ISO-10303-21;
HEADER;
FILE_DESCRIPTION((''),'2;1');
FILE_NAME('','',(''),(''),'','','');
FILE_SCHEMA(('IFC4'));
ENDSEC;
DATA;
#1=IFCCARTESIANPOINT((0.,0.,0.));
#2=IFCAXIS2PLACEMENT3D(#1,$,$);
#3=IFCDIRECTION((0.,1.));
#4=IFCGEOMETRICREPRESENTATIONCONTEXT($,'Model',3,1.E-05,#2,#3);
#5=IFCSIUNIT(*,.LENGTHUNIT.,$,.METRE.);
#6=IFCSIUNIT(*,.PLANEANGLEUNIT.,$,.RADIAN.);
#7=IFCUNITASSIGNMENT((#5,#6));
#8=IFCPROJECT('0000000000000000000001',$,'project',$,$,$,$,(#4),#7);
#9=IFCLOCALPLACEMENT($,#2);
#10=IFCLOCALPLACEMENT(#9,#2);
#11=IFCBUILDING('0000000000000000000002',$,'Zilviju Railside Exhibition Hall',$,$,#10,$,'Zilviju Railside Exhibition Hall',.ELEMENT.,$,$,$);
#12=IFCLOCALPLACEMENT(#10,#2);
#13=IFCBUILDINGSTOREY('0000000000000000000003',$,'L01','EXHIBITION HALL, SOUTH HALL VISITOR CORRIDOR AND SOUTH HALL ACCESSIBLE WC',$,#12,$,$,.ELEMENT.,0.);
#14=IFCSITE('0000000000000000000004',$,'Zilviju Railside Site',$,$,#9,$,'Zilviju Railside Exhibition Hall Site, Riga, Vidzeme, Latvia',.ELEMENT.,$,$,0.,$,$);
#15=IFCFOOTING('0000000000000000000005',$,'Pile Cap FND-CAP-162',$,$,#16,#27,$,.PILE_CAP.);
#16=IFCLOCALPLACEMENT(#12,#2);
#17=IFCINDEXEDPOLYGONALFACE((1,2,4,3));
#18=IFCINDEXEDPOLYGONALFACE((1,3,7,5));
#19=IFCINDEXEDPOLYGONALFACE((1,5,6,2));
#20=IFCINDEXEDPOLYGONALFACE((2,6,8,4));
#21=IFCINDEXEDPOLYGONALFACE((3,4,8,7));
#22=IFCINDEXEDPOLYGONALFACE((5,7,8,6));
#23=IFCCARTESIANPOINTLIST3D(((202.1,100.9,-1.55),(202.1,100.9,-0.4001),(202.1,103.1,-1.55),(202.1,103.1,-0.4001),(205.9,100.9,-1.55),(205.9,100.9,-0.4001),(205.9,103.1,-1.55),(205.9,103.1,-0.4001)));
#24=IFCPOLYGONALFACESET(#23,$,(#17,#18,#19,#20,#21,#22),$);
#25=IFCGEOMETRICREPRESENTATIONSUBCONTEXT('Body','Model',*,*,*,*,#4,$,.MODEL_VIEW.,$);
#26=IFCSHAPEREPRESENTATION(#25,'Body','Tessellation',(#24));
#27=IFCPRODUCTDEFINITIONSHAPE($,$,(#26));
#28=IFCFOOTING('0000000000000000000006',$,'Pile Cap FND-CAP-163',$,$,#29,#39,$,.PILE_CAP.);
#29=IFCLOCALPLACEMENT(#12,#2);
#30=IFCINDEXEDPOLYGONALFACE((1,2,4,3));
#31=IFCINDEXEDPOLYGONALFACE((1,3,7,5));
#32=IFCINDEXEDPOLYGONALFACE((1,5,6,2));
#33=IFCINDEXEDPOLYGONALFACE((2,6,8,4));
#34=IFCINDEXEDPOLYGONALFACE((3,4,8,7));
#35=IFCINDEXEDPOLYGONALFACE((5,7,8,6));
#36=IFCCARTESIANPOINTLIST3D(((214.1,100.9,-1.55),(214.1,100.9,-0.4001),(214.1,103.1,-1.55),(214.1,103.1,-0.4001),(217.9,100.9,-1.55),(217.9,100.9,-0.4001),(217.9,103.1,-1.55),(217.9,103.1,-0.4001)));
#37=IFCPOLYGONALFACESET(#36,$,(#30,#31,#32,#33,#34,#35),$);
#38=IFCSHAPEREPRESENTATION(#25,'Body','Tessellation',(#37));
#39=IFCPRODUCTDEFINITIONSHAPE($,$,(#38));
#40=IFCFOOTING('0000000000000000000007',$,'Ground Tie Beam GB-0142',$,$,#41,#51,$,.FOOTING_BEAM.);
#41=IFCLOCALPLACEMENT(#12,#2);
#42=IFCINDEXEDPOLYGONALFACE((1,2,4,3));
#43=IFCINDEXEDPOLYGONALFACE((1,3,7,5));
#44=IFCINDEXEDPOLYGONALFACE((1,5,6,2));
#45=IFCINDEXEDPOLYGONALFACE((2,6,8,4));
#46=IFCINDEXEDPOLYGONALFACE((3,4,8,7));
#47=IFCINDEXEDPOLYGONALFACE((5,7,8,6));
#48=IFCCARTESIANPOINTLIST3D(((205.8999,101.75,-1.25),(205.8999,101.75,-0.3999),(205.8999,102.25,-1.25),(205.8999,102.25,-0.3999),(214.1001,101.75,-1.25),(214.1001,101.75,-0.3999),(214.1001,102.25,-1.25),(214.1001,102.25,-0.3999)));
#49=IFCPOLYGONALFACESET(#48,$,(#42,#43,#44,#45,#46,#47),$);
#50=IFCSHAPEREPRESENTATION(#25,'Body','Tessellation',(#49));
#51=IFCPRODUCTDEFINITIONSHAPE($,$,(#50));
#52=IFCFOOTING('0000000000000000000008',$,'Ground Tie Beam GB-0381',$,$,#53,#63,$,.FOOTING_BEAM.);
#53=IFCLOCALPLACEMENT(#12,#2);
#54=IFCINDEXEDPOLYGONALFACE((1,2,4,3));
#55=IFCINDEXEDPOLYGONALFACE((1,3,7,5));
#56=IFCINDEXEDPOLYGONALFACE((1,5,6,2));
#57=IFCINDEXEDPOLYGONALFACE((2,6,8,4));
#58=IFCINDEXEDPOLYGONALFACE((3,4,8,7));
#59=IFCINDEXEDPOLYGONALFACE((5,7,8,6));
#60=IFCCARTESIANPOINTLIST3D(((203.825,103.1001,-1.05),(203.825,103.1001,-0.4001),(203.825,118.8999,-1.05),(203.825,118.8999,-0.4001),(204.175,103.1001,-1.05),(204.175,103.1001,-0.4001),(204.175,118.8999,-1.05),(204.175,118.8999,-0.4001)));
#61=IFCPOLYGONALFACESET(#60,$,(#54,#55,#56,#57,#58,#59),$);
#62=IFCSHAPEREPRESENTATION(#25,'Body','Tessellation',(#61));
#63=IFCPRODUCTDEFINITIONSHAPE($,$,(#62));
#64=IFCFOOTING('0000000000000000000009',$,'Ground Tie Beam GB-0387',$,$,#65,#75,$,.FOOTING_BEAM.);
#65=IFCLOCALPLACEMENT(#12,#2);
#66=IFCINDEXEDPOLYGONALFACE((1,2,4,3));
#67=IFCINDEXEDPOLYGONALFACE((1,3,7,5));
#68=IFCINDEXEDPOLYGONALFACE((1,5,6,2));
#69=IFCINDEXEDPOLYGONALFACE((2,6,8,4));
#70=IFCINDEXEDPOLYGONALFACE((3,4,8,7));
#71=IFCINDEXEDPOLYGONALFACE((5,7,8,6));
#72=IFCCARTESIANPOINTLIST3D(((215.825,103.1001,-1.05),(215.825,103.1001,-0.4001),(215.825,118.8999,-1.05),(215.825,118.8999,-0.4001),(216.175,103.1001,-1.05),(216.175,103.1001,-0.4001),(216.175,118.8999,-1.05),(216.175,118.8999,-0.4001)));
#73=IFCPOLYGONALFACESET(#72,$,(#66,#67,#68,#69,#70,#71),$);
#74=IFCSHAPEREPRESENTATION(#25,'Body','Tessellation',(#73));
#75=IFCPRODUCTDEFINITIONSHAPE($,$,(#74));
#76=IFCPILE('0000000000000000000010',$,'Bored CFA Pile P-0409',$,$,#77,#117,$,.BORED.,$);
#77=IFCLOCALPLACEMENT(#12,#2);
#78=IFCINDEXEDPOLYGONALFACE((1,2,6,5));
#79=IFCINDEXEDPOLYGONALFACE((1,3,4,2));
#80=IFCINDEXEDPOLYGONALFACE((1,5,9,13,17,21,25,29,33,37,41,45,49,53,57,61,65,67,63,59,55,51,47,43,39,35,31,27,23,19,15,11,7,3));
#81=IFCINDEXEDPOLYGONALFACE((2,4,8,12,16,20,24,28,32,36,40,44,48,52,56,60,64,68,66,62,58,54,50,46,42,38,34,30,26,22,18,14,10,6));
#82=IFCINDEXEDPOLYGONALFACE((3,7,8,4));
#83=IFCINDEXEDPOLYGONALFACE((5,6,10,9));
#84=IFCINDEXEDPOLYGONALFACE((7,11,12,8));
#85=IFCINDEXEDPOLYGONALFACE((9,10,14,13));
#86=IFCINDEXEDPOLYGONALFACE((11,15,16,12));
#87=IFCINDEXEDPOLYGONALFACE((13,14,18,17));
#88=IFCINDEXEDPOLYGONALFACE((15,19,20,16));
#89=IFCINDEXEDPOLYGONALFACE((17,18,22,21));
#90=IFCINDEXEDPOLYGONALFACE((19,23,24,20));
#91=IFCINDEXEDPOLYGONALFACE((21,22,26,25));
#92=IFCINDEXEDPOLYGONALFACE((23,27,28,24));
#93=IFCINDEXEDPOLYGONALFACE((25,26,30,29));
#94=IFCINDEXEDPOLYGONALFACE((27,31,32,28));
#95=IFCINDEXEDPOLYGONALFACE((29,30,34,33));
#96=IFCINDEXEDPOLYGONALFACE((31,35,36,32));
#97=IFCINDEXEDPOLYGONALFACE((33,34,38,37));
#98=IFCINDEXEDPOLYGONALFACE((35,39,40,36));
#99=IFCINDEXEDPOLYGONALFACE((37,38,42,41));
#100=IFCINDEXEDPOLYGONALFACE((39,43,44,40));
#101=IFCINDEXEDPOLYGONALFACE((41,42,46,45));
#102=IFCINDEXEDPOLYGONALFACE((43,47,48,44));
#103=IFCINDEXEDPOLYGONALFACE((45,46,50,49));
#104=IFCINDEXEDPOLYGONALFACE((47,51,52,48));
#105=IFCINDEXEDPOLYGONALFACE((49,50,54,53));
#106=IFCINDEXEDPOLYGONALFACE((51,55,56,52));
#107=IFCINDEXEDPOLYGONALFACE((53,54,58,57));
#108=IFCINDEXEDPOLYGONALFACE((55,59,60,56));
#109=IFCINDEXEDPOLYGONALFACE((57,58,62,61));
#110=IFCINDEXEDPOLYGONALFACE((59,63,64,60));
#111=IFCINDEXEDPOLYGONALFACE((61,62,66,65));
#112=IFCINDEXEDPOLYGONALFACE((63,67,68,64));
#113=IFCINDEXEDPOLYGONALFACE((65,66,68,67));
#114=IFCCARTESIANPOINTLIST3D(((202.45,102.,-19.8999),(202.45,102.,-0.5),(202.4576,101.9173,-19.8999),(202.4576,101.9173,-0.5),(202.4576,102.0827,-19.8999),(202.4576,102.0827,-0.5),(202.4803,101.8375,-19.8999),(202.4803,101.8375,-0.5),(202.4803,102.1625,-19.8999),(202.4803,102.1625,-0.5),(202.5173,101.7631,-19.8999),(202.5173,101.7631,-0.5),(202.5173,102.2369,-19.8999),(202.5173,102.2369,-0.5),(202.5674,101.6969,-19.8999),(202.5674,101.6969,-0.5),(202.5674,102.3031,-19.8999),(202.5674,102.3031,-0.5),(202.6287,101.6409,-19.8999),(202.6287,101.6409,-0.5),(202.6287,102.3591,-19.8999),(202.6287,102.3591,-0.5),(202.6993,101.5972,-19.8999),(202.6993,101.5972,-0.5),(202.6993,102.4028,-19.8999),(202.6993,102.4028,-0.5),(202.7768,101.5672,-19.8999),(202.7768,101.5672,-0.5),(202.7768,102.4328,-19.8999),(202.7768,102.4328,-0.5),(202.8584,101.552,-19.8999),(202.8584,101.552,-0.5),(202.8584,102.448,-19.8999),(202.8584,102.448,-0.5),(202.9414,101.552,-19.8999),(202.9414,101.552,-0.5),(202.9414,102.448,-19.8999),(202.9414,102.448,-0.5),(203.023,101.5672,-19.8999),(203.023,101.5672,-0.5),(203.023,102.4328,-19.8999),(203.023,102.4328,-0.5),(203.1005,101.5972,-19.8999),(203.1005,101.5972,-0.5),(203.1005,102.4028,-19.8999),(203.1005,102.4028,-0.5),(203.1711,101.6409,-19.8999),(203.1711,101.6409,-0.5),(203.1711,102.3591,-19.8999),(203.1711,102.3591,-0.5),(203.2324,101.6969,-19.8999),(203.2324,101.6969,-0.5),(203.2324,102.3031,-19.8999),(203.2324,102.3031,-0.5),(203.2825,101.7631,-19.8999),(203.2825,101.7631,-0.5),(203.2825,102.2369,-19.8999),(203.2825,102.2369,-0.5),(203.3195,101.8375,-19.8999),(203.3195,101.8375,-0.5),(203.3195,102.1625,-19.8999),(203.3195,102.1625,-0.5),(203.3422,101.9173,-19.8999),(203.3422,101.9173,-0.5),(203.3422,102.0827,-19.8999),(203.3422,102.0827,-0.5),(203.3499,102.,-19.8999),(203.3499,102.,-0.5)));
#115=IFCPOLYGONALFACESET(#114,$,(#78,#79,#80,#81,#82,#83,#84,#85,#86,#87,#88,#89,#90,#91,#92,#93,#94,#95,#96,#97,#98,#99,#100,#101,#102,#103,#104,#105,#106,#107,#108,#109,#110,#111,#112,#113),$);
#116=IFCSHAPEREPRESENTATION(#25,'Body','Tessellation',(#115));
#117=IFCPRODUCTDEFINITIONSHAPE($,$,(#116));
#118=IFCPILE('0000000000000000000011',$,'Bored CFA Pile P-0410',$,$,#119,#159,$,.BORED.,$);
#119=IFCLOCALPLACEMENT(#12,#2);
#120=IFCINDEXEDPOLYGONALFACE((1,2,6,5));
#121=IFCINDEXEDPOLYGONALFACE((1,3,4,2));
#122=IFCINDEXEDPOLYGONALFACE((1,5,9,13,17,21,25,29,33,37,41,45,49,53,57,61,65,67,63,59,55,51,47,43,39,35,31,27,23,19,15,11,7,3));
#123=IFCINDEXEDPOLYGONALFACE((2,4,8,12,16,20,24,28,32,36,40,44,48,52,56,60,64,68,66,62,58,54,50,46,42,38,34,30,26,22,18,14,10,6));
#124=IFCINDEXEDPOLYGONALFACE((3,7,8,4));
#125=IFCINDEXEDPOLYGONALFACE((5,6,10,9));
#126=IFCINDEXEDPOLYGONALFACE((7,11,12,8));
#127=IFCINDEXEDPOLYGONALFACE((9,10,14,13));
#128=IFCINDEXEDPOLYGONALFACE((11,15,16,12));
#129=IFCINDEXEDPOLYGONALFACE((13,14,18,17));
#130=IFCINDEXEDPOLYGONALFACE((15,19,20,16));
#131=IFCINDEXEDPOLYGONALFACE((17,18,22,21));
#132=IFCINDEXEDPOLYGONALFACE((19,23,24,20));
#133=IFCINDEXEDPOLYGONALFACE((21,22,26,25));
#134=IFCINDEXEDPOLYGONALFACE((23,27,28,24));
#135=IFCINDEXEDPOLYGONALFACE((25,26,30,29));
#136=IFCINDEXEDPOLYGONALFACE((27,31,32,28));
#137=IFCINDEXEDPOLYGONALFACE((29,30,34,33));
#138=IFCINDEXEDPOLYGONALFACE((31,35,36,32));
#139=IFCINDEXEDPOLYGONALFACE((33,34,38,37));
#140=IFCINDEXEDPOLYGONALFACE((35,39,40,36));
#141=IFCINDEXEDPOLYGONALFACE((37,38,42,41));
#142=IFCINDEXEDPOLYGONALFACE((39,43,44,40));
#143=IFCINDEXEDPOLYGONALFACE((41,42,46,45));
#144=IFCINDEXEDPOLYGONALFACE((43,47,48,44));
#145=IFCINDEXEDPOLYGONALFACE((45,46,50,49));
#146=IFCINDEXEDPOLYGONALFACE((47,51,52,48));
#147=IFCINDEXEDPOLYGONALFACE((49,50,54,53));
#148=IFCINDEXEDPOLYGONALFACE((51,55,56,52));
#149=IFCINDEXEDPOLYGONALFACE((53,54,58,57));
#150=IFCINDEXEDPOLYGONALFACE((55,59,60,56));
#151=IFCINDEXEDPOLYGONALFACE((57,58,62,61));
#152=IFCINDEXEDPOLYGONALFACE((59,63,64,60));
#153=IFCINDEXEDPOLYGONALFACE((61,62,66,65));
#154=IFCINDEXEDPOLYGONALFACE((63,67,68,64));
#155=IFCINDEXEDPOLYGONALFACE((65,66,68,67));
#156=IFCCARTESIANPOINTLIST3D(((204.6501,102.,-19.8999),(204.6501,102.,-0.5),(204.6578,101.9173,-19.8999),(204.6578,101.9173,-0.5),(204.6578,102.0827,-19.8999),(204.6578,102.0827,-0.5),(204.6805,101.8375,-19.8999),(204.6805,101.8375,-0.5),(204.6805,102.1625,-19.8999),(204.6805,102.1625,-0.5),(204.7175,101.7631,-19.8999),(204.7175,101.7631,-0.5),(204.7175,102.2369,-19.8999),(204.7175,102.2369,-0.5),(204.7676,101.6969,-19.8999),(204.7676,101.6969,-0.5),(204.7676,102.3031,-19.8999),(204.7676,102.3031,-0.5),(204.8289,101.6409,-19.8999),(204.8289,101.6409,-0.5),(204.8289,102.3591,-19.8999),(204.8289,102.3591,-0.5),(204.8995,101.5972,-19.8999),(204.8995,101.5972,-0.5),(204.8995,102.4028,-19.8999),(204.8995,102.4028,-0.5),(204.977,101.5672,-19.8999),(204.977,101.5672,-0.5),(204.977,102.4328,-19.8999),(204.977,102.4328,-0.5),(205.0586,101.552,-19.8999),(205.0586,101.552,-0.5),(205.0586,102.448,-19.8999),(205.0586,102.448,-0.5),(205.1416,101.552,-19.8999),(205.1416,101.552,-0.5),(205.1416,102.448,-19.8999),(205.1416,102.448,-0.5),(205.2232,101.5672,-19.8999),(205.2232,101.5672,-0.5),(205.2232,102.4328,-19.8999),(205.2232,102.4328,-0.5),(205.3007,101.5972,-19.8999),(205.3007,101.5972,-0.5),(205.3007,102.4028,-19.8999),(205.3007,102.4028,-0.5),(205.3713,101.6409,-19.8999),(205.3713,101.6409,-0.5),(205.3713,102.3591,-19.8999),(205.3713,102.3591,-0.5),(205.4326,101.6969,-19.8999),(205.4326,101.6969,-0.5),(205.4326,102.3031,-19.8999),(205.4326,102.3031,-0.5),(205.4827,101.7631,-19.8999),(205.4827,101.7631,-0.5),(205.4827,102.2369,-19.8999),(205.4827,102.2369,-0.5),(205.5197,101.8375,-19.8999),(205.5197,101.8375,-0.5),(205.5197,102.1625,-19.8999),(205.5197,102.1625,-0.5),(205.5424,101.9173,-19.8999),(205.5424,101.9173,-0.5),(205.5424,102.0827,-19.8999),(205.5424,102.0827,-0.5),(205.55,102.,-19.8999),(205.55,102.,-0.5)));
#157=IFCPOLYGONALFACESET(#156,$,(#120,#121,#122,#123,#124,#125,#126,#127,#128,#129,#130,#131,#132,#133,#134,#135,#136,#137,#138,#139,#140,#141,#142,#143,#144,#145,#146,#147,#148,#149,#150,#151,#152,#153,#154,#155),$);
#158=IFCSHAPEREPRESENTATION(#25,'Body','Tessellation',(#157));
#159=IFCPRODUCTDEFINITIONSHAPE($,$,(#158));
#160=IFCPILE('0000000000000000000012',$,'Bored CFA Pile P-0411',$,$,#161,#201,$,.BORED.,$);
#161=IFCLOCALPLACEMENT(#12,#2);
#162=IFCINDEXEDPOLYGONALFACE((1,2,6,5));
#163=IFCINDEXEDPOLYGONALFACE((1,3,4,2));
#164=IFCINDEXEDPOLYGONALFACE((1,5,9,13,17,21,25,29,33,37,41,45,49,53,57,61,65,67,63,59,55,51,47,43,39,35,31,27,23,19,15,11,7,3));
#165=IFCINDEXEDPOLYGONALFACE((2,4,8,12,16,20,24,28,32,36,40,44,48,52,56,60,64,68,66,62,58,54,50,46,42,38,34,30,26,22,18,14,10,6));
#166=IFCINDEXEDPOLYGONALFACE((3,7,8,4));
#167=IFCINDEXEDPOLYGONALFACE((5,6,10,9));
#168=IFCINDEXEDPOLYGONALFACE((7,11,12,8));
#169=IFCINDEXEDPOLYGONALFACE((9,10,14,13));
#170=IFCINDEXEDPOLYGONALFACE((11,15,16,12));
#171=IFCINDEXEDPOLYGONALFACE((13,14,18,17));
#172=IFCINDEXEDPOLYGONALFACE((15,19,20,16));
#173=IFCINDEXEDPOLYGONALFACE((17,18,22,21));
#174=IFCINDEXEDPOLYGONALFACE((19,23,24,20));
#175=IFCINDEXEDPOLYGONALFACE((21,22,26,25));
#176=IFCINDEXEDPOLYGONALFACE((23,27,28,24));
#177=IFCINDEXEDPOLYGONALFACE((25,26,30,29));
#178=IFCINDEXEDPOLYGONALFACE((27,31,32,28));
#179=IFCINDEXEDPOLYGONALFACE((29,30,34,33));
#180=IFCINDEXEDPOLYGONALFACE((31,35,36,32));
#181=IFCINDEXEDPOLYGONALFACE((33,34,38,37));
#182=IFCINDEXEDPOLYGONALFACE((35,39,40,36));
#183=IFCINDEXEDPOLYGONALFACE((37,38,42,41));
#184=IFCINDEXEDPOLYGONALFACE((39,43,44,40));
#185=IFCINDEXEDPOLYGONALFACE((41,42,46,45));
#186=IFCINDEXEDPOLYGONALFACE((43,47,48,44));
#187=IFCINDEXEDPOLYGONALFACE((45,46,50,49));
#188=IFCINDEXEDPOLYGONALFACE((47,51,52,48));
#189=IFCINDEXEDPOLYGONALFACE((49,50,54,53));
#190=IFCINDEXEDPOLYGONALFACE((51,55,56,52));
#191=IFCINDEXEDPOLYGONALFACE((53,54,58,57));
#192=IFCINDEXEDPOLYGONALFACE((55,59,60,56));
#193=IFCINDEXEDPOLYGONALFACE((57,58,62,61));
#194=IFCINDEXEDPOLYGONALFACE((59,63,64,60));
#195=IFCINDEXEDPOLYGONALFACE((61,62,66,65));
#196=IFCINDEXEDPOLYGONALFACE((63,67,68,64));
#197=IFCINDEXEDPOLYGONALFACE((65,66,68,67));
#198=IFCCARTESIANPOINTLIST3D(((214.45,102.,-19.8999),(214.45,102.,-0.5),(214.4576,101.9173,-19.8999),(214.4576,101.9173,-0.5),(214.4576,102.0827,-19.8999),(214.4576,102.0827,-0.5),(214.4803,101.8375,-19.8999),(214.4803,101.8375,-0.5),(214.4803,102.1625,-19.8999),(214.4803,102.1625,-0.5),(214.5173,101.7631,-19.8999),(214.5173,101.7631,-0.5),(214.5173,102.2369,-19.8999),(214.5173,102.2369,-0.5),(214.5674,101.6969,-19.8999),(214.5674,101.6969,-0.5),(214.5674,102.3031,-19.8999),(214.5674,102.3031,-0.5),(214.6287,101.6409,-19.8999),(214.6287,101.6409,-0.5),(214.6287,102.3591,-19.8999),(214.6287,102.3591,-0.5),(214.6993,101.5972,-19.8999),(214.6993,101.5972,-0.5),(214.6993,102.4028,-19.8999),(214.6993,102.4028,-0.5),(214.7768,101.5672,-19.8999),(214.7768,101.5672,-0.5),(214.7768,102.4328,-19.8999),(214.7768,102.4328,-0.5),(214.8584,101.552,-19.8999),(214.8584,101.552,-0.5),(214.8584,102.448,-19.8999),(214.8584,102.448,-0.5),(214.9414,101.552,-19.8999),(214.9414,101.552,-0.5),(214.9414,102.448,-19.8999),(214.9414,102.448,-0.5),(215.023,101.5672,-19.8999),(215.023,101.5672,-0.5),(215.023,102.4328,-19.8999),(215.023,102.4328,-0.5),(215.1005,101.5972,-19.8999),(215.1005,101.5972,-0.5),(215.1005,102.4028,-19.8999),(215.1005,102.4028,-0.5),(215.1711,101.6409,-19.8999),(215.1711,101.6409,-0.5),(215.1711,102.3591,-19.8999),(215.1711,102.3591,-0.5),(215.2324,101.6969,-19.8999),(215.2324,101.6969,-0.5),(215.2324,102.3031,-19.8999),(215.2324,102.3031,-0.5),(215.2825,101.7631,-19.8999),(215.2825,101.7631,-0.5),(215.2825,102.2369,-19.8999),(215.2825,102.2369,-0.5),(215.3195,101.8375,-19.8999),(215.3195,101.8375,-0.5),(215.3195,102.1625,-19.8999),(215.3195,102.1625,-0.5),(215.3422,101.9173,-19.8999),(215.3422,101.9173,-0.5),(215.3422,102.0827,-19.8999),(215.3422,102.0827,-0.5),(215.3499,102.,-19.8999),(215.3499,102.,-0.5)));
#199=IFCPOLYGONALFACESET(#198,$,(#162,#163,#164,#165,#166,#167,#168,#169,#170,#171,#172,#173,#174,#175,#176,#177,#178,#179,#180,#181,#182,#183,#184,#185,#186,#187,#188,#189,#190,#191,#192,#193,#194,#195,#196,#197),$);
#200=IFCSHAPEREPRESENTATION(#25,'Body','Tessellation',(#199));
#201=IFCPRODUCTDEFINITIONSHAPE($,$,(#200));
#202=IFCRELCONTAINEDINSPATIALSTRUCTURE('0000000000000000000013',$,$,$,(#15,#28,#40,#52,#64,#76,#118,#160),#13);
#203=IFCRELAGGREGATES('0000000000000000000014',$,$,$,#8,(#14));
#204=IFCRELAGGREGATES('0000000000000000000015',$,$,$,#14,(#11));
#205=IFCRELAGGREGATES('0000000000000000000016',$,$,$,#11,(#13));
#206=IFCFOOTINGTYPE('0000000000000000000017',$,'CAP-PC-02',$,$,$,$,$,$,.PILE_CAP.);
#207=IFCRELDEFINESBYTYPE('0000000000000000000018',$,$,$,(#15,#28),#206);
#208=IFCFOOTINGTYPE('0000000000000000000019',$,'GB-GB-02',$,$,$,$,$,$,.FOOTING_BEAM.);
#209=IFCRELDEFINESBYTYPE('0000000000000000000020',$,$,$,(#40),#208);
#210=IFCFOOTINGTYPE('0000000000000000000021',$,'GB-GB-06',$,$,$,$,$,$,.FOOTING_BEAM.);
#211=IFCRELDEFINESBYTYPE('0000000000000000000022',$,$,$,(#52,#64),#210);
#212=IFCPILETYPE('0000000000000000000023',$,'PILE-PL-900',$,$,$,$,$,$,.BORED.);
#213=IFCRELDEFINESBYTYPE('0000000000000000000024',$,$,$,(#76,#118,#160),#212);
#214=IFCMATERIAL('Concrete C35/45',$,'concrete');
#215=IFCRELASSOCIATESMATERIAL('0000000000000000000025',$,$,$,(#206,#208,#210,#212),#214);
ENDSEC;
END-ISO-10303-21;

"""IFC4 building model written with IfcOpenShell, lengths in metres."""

from ifc_helpers import new_model, si_unit, direction, frame, origin, origin_2d, place, context, subcontext, project, spatial, rectangle, circle, extrude, material, material_profile, profile_set, type_object, element, save


model = new_model("IFC4")

# Units and contexts
model_context = context("Model", 3, precision=1e-05, world=origin(), true_north=direction((0.0, 1.0)))
body_context = subcontext(model_context, "Body", "Model", "MODEL_VIEW")
ifc_project = project(units=[si_unit("LENGTHUNIT", "METRE"), si_unit("PLANEANGLEUNIT", "RADIAN")], contexts=[model_context])

# Site, building, storey
site_placement = place(None, origin())
site = spatial("IfcSite", under=ifc_project, at=site_placement, Name="Zilviju Railside Site", LongName="Zilviju Railside Exhibition Hall Site, Riga, Vidzeme, Latvia", CompositionType="ELEMENT", RefElevation=0.0)
building_placement = place(site_placement, origin())
building = spatial("IfcBuilding", under=site, at=building_placement, Name="Zilviju Railside Exhibition Hall", LongName="Zilviju Railside Exhibition Hall", CompositionType="ELEMENT")
storey_placement = place(building_placement, origin())
storey = spatial("IfcBuildingStorey", under=building, at=storey_placement, Name="L01", Description="EXHIBITION HALL, SOUTH HALL VISITOR CORRIDOR AND SOUTH HALL ACCESSIBLE WC", CompositionType="ELEMENT", Elevation=0.0)

# Footings
ifc_material_1 = material(Name="Concrete C35/45", Category="concrete")
footing_type_1 = type_object("IfcFootingType", Name="CAP-PC-02", PredefinedType="PILE_CAP", material=ifc_material_1)
for number, where, z_axis, x_axis, name in (
    (1, (204.0, 102.0, -1.55), (0.0, 0.0, 1.0), (1.0, 0.0, 0.0), "Pile Cap FND-CAP-162"),
    (2, (216.0, 102.0, -1.55), (0.0, 0.0, 1.0), (1.0, 0.0, 0.0), "Pile Cap FND-CAP-163"),
):
    element("IfcFooting", number, at=place(storey_placement, frame(where, z_axis=z_axis, x_axis=x_axis)), inside=storey, type_object=footing_type_1, Name=name, PredefinedType="PILE_CAP", context=body_context, shape_type="SweptSolid", body=[
        extrude(rectangle(XDim=3.8, YDim=2.2, at=origin_2d()), origin(), (0.0, 0.0, 1.0), 1.1499),
    ])
ifc_material_profile_1 = material_profile(ifc_material_1, rectangle(XDim=0.5, YDim=0.8501, at=origin_2d()), Name="TIE BEAM 500x850")
ifc_profile_set_1 = profile_set([ifc_material_profile_1], Name="Concrete C35/45")
footing_type_2 = type_object("IfcFootingType", Name="GB-GB-02", PredefinedType="FOOTING_BEAM", material=ifc_profile_set_1)
footing_placement = place(storey_placement, frame((205.8999, 102.0, -0.825), z_axis=(1.0, 0.0, 0.0), x_axis=(0.0, 1.0, 0.0)))
element("IfcFooting", 3, at=footing_placement, inside=storey, type_object=footing_type_2, Name="Ground Tie Beam GB-0142", PredefinedType="FOOTING_BEAM", context=body_context, shape_type="SweptSolid", body=[
    extrude(rectangle(XDim=0.5, YDim=0.8501, at=origin_2d()), origin(), (0.0, 0.0, 1.0), 8.2002),
])
ifc_material_profile_2 = material_profile(ifc_material_1, rectangle(XDim=0.3501, YDim=0.6499, at=origin_2d()), Name="TIE BEAM 350x650")
ifc_profile_set_2 = profile_set([ifc_material_profile_2], Name="Concrete C35/45")
footing_type_3 = type_object("IfcFootingType", Name="GB-GB-06", PredefinedType="FOOTING_BEAM", material=ifc_profile_set_2)
for number, where, z_axis, x_axis, name in (
    (4, (204.0, 103.1001, -0.7251), (0.0, 1.0, 0.0), (-1.0, 0.0, 0.0), "Ground Tie Beam GB-0381"),
    (5, (216.0, 103.1001, -0.7251), (0.0, 1.0, 0.0), (-1.0, 0.0, 0.0), "Ground Tie Beam GB-0387"),
):
    element("IfcFooting", number, at=place(storey_placement, frame(where, z_axis=z_axis, x_axis=x_axis)), inside=storey, type_object=footing_type_3, Name=name, PredefinedType="FOOTING_BEAM", context=body_context, shape_type="SweptSolid", body=[
        extrude(rectangle(XDim=0.3501, YDim=0.6499, at=origin_2d()), origin(), (0.0, 0.0, 1.0), 15.7998),
    ])

# Piles
ifc_material_profile_3 = material_profile(ifc_material_1, circle(Radius=0.45, at=origin_2d()), Name="CFA PILE D900")
ifc_profile_set_3 = profile_set([ifc_material_profile_3], Name="Concrete C35/45")
pile_type = type_object("IfcPileType", Name="PILE-PL-900", PredefinedType="BORED", material=ifc_profile_set_3)
for number, where, z_axis, x_axis, name in (
    (6, (202.8999, 102.0, -0.5), (0.0, 0.0, -1.0), (1.0, 0.0, 0.0), "Bored CFA Pile P-0409"),
    (7, (205.1001, 102.0, -0.5), (0.0, 0.0, -1.0), (1.0, 0.0, 0.0), "Bored CFA Pile P-0410"),
    (8, (214.8999, 102.0, -0.5), (0.0, 0.0, -1.0), (1.0, 0.0, 0.0), "Bored CFA Pile P-0411"),
):
    element("IfcPile", number, at=place(storey_placement, frame(where, z_axis=z_axis, x_axis=x_axis)), inside=storey, type_object=pile_type, Name=name, PredefinedType="BORED", context=body_context, shape_type="SweptSolid", body=[
        extrude(circle(Radius=0.45, at=origin_2d()), origin(), (0.0, 0.0, 1.0), 19.3999),
    ])

save(model, "model.ifc")
